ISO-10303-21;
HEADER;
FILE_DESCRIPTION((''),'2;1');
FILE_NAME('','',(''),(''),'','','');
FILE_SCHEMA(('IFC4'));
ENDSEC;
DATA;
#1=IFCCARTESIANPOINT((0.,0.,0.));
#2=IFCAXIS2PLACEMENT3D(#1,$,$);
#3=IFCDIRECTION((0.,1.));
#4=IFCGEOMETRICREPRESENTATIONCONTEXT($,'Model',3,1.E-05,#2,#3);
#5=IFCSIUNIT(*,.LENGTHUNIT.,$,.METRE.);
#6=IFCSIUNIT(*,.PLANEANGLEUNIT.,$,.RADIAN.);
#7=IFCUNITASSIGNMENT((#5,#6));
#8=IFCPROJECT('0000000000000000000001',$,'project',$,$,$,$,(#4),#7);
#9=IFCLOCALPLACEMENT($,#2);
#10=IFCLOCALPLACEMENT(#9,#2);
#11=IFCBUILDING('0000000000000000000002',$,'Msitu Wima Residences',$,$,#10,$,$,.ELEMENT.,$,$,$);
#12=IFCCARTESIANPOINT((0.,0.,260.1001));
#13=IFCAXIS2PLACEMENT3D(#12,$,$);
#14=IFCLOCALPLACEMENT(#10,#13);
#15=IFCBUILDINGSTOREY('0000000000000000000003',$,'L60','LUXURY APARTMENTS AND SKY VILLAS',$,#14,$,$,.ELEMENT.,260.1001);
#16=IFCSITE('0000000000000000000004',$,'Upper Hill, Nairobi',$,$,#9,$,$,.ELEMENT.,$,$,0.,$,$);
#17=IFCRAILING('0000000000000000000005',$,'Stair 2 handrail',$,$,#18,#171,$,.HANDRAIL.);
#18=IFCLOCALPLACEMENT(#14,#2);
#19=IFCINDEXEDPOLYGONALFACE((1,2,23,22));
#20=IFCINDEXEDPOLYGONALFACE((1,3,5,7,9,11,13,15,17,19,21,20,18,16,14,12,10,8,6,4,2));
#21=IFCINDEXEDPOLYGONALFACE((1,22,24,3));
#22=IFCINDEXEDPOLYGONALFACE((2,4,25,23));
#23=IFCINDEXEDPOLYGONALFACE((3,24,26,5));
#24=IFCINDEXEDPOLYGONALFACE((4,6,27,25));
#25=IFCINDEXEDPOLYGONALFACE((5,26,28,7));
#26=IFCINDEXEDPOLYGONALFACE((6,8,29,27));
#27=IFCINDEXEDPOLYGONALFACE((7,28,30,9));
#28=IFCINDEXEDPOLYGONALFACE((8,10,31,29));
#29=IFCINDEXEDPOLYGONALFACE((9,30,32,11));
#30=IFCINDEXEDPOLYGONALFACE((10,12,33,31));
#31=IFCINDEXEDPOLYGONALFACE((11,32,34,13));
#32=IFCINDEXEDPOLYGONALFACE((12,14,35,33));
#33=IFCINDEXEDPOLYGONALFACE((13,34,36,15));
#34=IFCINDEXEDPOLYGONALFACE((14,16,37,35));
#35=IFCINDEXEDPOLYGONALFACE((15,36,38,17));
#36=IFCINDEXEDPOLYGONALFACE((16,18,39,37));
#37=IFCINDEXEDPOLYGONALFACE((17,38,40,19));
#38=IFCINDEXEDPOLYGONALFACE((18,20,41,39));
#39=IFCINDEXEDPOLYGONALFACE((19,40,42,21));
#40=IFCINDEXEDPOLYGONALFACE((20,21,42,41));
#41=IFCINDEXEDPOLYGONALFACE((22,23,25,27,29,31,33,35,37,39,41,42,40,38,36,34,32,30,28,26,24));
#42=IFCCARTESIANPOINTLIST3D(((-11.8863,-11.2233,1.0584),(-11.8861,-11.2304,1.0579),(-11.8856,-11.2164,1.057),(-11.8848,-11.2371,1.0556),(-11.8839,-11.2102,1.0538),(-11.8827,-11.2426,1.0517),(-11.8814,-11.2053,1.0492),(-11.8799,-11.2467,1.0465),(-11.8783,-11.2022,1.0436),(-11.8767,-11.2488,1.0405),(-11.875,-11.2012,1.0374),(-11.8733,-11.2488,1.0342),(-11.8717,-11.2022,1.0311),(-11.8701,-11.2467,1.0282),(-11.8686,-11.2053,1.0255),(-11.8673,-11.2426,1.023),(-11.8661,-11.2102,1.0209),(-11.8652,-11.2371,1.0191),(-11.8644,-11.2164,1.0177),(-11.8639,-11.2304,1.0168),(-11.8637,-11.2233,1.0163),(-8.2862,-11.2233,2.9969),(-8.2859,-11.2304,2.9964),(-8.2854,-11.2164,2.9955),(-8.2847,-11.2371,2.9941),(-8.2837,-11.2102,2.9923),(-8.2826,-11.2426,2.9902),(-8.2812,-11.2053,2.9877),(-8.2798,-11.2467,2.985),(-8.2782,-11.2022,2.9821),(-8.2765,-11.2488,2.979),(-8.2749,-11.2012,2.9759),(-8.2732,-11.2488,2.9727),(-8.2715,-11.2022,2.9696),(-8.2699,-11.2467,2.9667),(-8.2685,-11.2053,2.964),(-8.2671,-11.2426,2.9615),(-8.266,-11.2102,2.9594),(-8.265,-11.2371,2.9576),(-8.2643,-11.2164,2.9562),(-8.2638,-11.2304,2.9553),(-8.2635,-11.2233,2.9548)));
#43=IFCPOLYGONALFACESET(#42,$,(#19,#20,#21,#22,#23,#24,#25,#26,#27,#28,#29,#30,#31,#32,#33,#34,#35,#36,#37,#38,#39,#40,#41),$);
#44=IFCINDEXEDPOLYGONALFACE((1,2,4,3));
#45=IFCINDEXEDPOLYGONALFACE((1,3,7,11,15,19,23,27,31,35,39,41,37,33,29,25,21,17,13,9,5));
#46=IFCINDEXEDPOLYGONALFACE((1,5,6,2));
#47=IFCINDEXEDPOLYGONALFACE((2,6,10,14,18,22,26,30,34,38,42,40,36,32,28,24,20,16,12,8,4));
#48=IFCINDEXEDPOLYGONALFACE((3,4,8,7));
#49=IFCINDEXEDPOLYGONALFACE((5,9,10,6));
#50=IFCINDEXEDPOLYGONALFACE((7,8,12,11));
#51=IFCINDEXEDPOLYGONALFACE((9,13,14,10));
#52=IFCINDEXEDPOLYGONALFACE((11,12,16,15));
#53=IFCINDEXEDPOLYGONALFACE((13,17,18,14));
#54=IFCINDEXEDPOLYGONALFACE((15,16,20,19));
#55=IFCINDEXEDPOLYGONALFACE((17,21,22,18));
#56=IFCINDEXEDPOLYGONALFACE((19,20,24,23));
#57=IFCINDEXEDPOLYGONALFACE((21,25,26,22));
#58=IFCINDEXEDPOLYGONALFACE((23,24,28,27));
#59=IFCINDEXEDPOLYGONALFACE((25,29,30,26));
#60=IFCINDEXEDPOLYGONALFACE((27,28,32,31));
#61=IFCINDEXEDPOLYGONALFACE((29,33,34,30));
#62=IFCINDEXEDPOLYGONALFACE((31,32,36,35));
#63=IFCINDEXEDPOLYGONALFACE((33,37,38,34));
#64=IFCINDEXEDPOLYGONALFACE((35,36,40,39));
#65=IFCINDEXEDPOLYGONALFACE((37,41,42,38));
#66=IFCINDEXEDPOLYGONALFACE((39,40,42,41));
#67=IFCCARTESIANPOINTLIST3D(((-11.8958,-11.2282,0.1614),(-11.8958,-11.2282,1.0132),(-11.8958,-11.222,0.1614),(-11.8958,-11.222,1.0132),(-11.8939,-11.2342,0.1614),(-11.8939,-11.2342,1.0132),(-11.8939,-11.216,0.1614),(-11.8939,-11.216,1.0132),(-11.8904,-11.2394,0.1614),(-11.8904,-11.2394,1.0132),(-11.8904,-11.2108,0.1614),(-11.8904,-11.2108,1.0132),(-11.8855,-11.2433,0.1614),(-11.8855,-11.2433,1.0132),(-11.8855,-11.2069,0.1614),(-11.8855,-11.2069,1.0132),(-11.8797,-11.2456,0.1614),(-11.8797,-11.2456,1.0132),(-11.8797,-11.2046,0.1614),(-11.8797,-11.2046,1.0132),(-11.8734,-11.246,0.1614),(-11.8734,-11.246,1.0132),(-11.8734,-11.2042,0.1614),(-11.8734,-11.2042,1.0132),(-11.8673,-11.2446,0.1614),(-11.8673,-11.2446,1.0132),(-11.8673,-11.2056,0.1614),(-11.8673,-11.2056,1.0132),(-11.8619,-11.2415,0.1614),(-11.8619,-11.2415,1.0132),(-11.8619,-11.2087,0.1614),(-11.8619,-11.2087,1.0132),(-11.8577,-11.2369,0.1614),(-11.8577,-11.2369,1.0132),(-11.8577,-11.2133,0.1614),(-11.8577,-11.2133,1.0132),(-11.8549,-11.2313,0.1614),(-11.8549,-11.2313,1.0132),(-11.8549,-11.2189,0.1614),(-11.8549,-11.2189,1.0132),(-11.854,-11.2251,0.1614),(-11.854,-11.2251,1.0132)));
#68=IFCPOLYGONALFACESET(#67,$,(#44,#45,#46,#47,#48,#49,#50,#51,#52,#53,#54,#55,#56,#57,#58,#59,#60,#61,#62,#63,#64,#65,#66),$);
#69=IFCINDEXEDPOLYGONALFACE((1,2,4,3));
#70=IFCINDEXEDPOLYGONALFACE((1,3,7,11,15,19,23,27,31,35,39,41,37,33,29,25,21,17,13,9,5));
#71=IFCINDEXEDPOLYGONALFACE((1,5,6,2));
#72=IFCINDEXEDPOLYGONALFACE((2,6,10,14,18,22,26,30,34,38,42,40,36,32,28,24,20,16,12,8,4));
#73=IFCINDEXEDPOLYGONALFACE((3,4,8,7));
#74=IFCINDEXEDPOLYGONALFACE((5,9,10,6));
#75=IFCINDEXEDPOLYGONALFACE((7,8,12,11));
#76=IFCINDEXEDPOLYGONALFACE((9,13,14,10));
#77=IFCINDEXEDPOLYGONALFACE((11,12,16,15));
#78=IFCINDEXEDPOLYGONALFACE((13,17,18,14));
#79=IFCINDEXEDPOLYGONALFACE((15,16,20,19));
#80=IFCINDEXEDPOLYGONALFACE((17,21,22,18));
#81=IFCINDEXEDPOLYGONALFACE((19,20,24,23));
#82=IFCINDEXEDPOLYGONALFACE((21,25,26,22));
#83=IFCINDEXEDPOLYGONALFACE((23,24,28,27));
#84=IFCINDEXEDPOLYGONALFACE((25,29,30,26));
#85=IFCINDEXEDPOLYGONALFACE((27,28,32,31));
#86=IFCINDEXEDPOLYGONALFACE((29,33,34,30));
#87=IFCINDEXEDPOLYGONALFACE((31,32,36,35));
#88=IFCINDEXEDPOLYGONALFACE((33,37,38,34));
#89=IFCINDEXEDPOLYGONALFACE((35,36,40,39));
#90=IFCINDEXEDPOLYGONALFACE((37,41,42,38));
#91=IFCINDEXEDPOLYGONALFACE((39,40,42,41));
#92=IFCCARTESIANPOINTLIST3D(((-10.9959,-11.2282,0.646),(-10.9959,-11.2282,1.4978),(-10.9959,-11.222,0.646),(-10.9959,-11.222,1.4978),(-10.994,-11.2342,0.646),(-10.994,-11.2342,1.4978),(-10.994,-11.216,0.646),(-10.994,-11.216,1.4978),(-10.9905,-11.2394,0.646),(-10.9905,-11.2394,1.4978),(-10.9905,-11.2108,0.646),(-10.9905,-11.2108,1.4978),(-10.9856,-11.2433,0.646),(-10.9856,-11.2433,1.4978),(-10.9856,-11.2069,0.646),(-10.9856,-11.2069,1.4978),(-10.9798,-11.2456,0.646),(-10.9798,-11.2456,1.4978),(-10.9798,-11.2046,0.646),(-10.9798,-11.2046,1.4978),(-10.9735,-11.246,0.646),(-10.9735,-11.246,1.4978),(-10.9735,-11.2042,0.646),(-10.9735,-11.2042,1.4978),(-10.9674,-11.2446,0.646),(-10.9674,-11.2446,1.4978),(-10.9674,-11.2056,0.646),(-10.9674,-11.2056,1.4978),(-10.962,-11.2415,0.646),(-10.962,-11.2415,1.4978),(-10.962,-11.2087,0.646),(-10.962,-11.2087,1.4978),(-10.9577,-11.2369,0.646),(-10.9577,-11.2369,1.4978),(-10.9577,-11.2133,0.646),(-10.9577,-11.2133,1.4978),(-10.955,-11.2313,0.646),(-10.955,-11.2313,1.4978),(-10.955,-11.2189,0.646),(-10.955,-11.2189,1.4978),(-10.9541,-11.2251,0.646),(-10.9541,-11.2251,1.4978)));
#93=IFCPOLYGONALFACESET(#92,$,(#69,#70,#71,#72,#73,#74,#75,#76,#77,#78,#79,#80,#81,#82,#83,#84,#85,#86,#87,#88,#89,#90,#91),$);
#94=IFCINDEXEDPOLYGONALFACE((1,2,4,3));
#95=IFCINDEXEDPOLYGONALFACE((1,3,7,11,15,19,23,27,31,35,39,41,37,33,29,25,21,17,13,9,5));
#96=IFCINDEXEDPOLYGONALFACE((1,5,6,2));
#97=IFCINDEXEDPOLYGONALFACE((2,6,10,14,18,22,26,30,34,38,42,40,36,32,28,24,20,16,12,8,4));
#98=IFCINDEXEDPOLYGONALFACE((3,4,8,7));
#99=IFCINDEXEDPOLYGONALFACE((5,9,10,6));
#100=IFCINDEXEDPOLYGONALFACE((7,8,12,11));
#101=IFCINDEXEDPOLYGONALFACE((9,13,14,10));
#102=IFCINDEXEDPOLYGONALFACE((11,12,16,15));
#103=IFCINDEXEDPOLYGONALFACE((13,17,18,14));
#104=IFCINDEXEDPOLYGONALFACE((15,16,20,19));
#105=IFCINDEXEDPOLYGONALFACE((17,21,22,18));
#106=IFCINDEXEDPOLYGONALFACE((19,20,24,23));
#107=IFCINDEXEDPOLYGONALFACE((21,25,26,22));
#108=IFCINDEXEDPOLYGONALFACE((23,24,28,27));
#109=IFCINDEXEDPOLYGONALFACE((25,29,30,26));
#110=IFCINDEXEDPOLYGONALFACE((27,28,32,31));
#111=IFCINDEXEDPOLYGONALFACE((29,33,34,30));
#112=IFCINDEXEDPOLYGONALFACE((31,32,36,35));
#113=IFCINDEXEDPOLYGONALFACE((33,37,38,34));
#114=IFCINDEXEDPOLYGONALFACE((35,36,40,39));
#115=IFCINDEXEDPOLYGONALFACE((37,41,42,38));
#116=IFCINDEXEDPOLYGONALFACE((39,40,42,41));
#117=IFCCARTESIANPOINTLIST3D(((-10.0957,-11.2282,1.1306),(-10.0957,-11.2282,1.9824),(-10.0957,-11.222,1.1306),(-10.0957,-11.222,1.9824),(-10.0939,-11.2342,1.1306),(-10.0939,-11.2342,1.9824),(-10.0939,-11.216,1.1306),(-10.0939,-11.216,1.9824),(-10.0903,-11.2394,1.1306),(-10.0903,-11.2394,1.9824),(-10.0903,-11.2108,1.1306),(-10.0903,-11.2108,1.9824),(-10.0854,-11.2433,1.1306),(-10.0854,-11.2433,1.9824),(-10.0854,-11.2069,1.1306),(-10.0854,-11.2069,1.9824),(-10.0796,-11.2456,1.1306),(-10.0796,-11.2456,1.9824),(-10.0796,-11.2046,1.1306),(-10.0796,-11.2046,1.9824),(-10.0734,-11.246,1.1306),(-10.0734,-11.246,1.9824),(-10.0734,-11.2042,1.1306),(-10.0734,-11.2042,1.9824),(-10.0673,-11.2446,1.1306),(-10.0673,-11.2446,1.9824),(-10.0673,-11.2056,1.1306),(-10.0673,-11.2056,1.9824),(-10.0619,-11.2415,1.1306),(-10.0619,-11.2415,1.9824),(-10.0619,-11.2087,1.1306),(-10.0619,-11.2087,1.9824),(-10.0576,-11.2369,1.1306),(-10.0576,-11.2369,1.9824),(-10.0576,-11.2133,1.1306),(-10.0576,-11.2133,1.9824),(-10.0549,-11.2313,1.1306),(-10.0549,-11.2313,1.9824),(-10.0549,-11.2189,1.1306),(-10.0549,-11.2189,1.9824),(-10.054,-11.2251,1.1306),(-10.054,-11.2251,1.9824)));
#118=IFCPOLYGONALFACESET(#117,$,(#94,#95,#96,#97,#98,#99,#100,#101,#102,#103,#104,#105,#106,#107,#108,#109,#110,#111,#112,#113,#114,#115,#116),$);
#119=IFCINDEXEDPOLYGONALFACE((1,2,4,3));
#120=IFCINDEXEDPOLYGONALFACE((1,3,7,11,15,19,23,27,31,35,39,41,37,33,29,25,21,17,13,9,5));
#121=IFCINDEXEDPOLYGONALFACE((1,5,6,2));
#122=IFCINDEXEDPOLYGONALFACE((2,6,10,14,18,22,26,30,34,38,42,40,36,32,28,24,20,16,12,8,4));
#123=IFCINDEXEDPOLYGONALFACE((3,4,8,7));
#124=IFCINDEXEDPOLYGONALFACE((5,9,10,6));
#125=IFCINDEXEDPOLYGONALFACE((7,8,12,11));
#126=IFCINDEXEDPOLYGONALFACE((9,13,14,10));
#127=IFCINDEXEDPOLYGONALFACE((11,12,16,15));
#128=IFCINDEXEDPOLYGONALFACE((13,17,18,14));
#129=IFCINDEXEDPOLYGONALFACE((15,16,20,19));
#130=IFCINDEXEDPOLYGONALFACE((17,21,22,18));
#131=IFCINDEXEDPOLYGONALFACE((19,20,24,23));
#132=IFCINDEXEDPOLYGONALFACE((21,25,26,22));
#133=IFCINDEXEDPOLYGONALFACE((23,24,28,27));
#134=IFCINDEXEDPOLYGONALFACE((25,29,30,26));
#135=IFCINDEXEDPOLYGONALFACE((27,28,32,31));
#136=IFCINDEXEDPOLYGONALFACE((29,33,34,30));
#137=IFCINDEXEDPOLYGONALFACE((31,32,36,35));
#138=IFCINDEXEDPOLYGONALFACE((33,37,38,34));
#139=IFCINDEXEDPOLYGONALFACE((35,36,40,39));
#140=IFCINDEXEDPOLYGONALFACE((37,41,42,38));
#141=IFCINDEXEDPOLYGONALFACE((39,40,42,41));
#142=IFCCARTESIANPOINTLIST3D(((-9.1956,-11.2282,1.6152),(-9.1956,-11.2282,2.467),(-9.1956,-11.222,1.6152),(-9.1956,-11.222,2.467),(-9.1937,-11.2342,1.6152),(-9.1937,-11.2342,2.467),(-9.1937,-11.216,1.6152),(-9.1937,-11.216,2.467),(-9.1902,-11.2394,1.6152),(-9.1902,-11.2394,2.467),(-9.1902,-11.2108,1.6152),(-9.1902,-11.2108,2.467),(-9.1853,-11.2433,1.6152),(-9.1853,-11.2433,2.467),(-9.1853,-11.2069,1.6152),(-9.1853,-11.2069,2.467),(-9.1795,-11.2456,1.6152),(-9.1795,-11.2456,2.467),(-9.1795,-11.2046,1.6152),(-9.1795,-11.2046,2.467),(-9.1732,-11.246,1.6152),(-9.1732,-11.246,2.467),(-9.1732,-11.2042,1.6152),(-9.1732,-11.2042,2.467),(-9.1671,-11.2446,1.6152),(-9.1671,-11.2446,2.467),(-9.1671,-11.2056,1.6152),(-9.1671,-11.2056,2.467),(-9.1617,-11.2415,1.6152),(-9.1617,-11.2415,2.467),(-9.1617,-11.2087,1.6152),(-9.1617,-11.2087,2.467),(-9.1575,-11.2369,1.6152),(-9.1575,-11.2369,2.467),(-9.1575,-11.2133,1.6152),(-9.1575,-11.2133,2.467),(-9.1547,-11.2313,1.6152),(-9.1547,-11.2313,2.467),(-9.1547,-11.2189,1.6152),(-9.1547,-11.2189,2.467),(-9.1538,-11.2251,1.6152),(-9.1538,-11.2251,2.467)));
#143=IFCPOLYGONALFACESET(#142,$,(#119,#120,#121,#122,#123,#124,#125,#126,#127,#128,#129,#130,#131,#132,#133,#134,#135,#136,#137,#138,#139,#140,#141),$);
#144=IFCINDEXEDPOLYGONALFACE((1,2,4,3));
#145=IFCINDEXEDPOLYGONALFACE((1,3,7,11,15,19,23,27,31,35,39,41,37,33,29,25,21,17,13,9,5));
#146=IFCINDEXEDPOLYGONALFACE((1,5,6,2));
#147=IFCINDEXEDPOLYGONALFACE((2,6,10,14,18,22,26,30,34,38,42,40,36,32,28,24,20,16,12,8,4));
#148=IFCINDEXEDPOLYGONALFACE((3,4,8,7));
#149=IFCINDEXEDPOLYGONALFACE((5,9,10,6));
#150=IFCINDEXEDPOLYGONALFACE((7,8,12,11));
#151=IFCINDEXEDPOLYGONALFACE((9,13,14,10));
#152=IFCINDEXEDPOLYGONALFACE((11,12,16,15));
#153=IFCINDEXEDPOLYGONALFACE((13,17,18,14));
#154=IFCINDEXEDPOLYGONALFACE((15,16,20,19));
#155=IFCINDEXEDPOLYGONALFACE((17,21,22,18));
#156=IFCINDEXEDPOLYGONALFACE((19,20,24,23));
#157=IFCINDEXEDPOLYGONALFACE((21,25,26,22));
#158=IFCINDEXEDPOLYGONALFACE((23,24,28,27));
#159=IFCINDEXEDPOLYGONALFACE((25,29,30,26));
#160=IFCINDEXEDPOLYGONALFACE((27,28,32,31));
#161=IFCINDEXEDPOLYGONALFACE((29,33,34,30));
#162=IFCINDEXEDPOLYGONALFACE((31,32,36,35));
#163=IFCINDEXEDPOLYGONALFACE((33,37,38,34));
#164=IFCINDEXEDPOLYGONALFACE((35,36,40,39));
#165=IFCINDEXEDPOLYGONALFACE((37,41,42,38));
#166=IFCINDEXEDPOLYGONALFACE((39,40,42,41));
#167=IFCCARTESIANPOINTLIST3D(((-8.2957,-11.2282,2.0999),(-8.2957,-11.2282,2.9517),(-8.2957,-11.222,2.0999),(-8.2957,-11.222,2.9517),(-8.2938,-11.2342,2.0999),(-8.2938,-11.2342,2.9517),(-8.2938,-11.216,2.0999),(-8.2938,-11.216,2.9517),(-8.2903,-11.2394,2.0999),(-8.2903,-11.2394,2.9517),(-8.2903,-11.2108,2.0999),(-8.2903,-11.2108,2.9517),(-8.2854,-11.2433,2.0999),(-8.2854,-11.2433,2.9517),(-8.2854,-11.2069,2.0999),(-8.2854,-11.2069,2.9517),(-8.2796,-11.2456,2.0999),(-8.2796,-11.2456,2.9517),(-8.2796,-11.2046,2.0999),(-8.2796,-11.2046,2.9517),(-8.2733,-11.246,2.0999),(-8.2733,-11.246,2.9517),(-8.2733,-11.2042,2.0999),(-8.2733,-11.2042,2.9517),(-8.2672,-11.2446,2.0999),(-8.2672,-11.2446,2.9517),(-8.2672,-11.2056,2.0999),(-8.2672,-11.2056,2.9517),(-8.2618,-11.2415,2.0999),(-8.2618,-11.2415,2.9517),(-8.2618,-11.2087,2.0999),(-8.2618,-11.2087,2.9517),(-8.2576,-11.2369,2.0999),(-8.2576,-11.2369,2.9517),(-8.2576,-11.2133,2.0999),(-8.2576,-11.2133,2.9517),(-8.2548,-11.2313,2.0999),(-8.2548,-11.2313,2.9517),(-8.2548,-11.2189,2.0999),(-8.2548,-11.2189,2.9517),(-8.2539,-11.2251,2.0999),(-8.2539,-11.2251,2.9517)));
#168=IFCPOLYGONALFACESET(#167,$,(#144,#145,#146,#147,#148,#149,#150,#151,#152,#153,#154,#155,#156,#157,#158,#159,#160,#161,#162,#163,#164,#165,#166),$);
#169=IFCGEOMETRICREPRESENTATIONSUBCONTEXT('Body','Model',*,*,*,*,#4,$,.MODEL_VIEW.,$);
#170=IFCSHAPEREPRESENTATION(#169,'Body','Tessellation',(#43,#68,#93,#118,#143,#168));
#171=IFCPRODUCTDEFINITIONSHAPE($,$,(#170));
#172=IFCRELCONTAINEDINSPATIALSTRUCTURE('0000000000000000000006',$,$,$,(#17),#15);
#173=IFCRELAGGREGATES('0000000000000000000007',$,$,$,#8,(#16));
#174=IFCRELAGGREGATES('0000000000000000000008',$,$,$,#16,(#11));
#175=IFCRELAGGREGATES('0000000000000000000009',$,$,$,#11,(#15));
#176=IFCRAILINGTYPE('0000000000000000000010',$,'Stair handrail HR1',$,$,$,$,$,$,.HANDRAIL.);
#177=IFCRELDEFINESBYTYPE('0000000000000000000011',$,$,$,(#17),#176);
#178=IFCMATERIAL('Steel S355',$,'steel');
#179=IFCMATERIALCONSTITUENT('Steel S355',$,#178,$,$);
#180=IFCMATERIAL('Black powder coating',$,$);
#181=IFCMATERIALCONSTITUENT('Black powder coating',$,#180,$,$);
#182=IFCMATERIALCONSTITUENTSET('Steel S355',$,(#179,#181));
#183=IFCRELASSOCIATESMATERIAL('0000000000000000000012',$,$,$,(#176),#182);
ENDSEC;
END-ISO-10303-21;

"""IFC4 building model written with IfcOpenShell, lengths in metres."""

from ifc_helpers import new_model, si_unit, direction, frame, origin, origin_2d, place, context, subcontext, project, spatial, circle, extrude, material, constituent, constituent_set, type_object, element, save


model = new_model("IFC4")

# Units and contexts
model_context = context("Model", 3, precision=1e-05, world=origin(), true_north=direction((0.0, 1.0)))
body_context = subcontext(model_context, "Body", "Model", "MODEL_VIEW")
ifc_project = project(units=[si_unit("LENGTHUNIT", "METRE"), si_unit("PLANEANGLEUNIT", "RADIAN")], contexts=[model_context])

# Site, building, storey
site_placement = place(None, origin())
site = spatial("IfcSite", under=ifc_project, at=site_placement, Name="Upper Hill, Nairobi", CompositionType="ELEMENT", RefElevation=0.0)
building_placement = place(site_placement, origin())
building = spatial("IfcBuilding", under=site, at=building_placement, Name="Msitu Wima Residences", CompositionType="ELEMENT")
storey_placement = place(building_placement, frame((0.0, 0.0, 260.1001)))
storey = spatial("IfcBuildingStorey", under=building, at=storey_placement, Name="L60", Description="LUXURY APARTMENTS AND SKY VILLAS", CompositionType="ELEMENT", Elevation=260.1001)

# Railing
ifc_material_1 = material(Name="Steel S355", Category="steel")
ifc_constituent_1 = constituent(ifc_material_1, Name="Steel S355")
ifc_material_2 = material(Name="Black powder coating")
ifc_constituent_2 = constituent(ifc_material_2, Name="Black powder coating")
ifc_constituent_set = constituent_set(constituents=[ifc_constituent_1, ifc_constituent_2], Name="Steel S355")
railing_type = type_object("IfcRailingType", Name="Stair handrail HR1", PredefinedType="HANDRAIL", material=ifc_constituent_set)
for number, where, name in (
    (1, (-11.875, -11.2251, 0.1614), "Stair 2 handrail"),
):
    element("IfcRailing", number, at=place(storey_placement, frame(where)), inside=storey, type_object=railing_type, Name=name, PredefinedType="HANDRAIL", context=body_context, shape_type="SweptSolid", body=[
        extrude(circle(Radius=0.0239, at=origin_2d()), frame((0.0, 0.0, 0.876), z_axis=(0.880475, 0.0, 0.474093), x_axis=(0.0, 1.0, 0.0)), (0.0, 0.0, 1.0), 4.0889),
        extrude(circle(Radius=0.021, at=origin_2d()), origin(), (0.0, 0.0, 1.0), 0.8518),
        extrude(circle(Radius=0.021, at=origin_2d()), frame((0.8999, 0.0, 0.4846)), (0.0, 0.0, 1.0), 0.8518),
        extrude(circle(Radius=0.021, at=origin_2d()), frame((1.8, 0.0, 0.9692)), (0.0, 0.0, 1.0), 0.8518),
        extrude(circle(Radius=0.021, at=origin_2d()), frame((2.7002, 0.0, 1.4539)), (0.0, 0.0, 1.0), 0.8518),
        extrude(circle(Radius=0.021, at=origin_2d()), frame((3.6001, 0.0, 1.9385)), (0.0, 0.0, 1.0), 0.8518),
    ])

save(model, "model.ifc")
